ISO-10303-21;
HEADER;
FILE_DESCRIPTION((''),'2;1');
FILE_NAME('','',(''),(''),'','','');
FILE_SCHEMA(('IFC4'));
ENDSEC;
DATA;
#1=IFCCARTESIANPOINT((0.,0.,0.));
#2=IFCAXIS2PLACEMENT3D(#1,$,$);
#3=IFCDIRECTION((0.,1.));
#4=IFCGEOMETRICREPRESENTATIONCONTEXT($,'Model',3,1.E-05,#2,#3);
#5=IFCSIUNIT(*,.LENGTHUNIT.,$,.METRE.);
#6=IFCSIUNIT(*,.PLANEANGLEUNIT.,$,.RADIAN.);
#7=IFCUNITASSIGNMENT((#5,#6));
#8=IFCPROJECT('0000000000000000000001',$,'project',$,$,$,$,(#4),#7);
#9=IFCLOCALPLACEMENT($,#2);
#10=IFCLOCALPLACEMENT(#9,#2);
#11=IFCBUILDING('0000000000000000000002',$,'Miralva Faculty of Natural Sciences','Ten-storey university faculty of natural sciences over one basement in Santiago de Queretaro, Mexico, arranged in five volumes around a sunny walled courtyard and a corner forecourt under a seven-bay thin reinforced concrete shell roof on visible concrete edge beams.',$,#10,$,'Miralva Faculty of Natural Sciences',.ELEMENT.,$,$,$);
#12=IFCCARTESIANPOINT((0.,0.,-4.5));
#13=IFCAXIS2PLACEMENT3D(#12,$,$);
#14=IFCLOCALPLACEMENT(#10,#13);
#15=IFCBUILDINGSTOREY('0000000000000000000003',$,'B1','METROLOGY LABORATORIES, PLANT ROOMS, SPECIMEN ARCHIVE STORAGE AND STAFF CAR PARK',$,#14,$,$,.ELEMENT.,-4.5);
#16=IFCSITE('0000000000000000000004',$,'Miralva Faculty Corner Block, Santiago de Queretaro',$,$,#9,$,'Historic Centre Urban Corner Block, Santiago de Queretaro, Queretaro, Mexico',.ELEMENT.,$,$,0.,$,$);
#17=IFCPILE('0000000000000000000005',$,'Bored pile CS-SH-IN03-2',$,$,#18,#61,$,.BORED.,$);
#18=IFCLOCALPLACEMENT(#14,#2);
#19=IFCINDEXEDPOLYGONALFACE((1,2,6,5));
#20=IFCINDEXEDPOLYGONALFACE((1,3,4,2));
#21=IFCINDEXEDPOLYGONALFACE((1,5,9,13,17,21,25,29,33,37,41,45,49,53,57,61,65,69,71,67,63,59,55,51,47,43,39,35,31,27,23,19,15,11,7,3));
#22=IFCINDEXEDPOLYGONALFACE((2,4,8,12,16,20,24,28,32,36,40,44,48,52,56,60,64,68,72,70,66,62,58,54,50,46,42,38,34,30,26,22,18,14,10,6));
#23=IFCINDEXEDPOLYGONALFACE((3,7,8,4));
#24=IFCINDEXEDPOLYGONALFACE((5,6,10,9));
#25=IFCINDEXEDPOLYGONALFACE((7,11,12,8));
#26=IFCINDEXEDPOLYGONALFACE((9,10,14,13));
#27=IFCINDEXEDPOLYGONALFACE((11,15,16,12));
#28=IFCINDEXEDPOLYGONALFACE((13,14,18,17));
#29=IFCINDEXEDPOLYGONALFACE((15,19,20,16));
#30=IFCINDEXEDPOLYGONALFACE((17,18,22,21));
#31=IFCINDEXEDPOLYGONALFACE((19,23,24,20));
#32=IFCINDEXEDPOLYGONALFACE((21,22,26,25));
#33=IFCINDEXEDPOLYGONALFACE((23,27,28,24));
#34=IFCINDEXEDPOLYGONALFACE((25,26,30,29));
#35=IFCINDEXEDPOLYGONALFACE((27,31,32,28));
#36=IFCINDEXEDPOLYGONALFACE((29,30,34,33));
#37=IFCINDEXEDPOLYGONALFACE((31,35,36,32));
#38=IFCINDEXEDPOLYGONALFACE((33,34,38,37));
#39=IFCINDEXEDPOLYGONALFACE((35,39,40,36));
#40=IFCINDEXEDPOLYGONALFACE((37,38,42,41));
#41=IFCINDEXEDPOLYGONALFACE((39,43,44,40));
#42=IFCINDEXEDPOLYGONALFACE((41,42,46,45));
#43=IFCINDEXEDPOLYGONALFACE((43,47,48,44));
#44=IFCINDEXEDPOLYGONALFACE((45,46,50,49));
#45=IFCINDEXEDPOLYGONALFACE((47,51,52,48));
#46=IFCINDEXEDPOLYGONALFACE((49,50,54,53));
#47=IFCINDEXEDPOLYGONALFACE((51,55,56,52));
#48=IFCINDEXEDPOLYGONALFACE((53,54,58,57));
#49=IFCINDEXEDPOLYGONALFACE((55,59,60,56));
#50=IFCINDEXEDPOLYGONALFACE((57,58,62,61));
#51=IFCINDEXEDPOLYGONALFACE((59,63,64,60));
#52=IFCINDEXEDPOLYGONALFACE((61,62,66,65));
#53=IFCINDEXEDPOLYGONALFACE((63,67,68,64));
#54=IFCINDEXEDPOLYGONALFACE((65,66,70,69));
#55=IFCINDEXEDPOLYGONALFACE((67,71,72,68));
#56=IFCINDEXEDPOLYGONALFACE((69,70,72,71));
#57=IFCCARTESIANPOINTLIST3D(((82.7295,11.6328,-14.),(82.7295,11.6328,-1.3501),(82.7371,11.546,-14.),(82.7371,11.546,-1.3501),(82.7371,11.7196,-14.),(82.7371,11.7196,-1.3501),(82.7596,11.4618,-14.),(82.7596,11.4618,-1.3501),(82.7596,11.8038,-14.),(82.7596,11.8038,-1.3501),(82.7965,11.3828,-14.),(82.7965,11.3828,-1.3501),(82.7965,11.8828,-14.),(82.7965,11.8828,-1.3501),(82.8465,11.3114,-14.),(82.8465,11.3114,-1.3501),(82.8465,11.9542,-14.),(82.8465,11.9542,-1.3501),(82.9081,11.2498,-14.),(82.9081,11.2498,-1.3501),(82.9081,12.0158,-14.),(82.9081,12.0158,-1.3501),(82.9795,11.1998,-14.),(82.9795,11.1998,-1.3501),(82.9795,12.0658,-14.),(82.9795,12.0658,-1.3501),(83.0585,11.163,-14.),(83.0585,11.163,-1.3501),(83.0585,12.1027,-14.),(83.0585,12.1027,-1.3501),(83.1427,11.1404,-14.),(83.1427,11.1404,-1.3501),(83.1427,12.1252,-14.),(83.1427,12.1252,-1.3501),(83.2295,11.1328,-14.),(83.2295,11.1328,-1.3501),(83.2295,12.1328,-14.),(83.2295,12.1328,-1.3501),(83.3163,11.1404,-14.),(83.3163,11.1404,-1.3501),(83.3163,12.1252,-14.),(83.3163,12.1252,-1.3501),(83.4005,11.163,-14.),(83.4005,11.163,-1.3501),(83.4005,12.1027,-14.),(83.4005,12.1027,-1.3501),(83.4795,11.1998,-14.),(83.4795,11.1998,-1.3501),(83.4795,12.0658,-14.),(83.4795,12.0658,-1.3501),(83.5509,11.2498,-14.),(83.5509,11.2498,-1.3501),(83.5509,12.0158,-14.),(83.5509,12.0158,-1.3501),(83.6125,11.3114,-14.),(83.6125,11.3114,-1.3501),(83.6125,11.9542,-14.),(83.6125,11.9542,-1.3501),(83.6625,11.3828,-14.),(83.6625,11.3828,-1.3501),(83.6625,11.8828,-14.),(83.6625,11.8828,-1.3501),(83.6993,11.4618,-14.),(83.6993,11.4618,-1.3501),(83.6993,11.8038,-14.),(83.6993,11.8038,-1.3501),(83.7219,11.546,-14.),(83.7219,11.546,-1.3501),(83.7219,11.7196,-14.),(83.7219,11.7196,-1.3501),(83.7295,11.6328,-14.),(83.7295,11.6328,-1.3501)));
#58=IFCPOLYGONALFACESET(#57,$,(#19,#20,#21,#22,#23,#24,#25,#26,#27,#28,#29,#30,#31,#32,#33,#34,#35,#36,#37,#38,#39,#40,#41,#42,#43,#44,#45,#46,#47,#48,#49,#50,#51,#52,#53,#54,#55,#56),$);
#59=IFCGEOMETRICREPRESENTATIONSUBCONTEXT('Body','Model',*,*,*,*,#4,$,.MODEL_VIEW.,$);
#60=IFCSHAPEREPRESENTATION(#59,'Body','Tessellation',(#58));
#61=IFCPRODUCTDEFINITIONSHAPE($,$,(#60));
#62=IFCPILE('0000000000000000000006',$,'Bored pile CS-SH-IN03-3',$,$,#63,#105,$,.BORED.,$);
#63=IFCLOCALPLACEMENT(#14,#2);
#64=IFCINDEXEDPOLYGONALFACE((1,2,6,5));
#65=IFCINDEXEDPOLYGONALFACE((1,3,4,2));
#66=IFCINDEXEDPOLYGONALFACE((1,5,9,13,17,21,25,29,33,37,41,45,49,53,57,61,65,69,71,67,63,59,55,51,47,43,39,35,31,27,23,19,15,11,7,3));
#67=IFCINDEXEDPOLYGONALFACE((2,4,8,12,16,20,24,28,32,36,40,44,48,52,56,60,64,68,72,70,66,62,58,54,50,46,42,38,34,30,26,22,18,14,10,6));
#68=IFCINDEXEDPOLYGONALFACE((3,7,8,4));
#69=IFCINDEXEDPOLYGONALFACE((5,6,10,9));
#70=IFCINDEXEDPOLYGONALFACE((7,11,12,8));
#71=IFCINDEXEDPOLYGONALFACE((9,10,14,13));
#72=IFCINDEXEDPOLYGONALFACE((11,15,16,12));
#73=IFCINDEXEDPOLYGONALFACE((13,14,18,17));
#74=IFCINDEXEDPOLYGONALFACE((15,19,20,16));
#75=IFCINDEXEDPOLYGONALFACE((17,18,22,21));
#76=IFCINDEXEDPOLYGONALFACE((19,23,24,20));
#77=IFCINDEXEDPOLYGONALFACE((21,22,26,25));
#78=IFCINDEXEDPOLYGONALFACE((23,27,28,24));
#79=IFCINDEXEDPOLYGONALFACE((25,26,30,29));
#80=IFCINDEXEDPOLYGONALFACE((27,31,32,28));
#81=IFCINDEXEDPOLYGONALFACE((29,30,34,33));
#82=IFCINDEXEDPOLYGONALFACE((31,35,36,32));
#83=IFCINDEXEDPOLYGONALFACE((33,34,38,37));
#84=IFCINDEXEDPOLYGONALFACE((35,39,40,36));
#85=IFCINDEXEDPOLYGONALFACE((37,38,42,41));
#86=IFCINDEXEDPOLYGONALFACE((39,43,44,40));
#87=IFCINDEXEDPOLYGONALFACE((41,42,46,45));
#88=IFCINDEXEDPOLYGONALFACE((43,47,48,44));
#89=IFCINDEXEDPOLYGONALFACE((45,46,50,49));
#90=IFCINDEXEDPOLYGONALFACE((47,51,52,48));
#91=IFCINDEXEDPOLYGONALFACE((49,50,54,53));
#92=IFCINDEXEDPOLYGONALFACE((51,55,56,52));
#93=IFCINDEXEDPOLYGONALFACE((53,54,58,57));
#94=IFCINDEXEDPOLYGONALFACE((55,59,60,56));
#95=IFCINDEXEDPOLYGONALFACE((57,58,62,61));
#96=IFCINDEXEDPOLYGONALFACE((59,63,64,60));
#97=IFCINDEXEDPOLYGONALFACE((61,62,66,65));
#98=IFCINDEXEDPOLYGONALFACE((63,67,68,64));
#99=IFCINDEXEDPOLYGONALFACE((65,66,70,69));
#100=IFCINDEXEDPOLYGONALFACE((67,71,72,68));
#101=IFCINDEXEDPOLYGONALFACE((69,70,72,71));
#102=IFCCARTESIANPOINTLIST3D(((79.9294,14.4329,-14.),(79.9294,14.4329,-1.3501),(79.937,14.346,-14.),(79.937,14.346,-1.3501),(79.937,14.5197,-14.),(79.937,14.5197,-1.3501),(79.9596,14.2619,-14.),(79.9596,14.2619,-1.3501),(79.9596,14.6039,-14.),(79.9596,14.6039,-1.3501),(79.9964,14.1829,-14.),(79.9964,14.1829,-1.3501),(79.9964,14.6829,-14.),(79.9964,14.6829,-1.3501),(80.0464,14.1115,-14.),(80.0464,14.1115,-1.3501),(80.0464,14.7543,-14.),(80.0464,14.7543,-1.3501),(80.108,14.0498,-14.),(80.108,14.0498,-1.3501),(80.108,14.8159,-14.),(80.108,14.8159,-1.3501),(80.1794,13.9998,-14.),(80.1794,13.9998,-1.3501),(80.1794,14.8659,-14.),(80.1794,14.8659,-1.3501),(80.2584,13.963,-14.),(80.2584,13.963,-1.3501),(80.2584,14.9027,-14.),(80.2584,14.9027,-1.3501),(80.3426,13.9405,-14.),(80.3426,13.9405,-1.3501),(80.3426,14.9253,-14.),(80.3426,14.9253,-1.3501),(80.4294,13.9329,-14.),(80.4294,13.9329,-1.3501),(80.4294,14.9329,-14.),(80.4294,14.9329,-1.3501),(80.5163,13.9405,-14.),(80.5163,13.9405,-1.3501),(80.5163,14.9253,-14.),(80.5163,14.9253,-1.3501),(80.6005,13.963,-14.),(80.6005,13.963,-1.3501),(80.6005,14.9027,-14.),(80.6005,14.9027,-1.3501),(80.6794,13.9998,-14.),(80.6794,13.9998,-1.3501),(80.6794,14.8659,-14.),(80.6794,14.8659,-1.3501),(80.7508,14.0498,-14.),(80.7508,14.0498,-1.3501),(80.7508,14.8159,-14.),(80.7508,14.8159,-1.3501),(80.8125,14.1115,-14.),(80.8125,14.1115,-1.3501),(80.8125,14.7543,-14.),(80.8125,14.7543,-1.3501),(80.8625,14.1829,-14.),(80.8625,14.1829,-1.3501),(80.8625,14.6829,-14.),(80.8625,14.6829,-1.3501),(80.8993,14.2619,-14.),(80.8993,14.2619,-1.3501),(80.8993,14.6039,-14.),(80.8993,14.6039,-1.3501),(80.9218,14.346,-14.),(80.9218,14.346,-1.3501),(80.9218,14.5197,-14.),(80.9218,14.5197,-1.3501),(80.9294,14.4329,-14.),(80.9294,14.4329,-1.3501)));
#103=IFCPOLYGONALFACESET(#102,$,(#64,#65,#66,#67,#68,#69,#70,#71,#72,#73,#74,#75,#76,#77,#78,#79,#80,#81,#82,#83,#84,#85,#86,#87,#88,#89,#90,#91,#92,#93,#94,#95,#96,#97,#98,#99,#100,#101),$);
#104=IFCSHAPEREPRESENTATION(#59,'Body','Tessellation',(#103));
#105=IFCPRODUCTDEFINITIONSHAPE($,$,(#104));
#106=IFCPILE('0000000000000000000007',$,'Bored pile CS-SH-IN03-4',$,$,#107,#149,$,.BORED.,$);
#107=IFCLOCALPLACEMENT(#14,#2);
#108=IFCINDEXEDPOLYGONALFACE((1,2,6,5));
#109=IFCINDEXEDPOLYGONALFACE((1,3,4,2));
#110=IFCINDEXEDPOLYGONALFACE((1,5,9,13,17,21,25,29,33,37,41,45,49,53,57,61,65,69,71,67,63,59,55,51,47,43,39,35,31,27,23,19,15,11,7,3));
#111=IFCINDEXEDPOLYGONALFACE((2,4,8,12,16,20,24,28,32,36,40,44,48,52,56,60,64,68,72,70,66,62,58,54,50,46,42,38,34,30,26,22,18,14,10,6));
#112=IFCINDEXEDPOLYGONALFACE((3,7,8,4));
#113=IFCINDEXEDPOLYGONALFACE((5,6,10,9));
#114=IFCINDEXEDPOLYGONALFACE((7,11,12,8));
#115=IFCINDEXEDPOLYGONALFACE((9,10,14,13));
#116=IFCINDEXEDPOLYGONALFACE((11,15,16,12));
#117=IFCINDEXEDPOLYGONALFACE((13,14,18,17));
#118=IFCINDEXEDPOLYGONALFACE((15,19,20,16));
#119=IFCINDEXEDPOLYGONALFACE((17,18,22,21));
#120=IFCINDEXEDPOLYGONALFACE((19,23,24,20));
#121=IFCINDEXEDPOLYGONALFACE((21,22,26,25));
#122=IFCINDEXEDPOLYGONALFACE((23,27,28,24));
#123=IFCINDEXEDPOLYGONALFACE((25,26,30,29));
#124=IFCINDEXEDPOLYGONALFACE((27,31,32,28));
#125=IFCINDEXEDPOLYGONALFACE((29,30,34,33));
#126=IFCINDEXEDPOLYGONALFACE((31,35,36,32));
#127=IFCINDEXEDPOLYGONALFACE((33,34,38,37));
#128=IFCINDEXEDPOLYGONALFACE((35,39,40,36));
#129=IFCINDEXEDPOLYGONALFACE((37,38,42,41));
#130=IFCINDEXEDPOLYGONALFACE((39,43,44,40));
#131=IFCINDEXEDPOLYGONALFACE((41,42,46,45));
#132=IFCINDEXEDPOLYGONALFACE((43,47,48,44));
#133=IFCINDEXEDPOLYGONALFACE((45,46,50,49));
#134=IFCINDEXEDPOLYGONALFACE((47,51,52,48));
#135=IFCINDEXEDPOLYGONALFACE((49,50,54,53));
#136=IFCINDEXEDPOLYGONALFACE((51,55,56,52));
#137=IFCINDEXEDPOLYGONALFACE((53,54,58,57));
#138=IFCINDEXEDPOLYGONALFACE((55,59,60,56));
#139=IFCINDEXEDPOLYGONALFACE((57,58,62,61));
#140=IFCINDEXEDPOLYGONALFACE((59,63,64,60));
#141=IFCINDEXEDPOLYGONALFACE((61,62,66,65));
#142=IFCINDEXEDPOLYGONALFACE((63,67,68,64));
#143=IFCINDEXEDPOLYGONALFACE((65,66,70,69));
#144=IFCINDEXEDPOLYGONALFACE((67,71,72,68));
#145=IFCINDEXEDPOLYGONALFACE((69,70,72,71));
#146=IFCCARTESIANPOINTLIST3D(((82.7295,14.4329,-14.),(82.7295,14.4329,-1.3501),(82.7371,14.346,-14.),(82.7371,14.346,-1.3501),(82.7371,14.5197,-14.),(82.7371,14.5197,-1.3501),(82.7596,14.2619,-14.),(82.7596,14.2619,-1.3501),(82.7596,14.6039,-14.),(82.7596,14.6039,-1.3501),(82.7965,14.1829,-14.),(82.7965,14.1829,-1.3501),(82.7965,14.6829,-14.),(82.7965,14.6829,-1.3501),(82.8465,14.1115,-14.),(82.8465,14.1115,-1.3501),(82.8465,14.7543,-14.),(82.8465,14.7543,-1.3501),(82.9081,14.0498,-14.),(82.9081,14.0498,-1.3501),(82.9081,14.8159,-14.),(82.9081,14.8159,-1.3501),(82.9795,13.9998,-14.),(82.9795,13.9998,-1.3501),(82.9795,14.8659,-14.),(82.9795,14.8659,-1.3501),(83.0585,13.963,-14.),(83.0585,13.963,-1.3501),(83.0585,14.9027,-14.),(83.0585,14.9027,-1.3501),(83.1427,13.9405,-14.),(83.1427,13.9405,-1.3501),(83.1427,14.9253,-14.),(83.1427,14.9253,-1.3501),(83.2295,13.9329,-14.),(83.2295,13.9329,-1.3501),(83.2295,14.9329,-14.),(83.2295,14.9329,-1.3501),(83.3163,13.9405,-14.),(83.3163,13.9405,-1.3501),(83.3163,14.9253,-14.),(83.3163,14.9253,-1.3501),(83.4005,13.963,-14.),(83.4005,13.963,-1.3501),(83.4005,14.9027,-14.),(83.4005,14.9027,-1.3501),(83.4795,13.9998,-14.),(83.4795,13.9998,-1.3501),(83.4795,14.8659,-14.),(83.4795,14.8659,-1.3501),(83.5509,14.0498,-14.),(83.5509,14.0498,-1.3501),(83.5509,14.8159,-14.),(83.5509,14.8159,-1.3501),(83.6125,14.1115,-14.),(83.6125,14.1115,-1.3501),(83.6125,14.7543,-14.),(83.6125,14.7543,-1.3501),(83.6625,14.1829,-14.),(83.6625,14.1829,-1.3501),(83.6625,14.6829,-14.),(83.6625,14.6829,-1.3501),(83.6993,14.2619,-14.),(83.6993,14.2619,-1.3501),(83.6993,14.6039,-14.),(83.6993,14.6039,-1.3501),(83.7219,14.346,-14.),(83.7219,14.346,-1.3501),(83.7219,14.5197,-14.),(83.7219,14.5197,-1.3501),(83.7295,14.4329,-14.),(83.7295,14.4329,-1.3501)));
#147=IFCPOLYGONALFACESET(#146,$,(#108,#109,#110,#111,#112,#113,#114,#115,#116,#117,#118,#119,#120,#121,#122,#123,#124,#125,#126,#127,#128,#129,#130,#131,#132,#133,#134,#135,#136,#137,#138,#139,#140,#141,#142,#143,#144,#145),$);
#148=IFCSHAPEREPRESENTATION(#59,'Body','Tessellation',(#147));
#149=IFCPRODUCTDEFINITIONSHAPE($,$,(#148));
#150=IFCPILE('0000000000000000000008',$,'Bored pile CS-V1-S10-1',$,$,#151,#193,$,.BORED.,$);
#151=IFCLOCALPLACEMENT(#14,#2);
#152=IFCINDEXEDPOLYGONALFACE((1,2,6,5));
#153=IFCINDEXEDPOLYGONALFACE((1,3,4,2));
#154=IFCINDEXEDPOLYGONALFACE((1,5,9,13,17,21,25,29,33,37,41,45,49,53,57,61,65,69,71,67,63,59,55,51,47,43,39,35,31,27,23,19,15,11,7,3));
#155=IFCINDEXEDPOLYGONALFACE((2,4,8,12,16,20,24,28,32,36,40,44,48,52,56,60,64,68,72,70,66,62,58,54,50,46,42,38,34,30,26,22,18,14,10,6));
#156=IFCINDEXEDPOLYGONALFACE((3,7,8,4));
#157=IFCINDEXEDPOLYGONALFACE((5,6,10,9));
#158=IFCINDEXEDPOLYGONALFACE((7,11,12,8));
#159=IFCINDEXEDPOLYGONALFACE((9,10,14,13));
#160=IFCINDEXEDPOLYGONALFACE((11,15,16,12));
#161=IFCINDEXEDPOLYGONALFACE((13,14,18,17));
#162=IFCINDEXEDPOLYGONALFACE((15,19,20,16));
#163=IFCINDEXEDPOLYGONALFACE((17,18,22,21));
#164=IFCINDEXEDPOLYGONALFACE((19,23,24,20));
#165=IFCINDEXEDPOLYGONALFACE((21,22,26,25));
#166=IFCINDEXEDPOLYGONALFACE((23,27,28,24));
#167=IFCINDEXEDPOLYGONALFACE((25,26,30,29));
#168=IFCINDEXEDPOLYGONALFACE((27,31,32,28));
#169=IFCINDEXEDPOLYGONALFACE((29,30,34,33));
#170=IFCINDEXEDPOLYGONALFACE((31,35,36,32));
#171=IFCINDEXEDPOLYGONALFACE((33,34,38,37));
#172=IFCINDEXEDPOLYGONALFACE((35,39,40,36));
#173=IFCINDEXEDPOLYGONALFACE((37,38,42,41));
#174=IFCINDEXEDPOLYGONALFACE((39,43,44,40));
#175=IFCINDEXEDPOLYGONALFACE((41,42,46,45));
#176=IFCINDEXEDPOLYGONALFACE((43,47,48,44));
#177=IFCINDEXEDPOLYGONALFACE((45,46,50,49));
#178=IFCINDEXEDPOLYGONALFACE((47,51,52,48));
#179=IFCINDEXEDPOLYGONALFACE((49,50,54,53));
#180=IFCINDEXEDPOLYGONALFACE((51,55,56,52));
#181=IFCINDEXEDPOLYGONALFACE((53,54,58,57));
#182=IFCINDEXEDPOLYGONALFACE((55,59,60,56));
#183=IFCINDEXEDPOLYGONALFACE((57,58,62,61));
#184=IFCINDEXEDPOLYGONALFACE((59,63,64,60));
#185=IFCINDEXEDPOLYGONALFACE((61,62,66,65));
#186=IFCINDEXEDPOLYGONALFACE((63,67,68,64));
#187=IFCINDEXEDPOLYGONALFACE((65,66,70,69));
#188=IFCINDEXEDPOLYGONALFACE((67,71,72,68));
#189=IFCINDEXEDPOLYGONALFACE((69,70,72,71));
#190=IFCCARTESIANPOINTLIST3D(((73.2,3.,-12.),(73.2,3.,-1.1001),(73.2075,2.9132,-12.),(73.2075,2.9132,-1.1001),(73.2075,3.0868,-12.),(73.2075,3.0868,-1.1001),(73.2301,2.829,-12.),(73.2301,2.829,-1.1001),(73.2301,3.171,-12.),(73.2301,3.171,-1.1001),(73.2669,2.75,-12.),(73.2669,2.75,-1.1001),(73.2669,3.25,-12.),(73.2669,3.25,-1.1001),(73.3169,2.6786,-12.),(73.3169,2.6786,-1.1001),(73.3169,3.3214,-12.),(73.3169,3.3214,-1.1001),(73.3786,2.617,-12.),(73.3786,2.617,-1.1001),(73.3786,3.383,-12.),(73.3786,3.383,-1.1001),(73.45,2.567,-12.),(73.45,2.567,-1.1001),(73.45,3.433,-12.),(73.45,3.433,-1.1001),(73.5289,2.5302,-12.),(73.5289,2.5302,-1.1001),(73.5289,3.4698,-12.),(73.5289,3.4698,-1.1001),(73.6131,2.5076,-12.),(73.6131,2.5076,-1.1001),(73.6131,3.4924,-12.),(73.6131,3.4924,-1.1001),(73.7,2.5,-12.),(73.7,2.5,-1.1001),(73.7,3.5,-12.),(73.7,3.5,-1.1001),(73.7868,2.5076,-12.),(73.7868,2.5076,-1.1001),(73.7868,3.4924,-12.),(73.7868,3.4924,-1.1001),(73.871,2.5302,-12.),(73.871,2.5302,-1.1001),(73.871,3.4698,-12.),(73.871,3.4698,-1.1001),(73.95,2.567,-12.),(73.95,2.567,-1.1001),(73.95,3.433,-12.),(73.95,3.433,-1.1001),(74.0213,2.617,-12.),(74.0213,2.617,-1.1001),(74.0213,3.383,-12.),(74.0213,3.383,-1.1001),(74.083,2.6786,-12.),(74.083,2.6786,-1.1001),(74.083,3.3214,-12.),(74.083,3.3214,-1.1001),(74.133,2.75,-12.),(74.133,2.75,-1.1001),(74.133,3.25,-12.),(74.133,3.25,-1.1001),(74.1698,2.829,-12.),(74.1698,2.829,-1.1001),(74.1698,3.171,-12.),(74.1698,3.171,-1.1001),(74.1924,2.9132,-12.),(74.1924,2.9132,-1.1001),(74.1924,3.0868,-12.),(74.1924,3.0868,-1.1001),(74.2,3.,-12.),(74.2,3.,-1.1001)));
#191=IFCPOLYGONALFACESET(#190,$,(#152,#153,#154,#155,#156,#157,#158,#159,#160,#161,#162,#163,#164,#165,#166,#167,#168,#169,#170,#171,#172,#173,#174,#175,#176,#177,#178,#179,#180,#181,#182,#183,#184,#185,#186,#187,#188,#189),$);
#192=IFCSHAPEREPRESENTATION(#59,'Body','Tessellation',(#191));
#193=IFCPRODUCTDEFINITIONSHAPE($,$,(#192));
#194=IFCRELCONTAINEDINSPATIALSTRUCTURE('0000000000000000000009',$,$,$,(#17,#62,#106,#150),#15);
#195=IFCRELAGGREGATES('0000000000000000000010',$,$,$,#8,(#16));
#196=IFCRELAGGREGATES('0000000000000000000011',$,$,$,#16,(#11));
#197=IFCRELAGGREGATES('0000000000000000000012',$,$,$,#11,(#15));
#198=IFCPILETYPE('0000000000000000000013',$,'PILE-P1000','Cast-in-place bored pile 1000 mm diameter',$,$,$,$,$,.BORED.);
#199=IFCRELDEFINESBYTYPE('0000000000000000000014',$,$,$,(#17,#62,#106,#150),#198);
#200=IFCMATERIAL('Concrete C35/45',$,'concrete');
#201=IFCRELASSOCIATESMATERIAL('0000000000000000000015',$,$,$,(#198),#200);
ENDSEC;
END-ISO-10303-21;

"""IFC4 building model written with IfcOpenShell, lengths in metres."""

from ifc_helpers import new_model, si_unit, direction, frame, origin, origin_2d, place, context, subcontext, project, spatial, circle, extrude, material, material_profile, profile_set, type_object, element, save


model = new_model("IFC4")

# Units and contexts
model_context = context("Model", 3, precision=1e-05, world=origin(), true_north=direction((0.0, 1.0)))
body_context = subcontext(model_context, "Body", "Model", "MODEL_VIEW")
ifc_project = project(units=[si_unit("LENGTHUNIT", "METRE"), si_unit("PLANEANGLEUNIT", "RADIAN")], contexts=[model_context])

# Site, building, storey
site_placement = place(None, origin())
site = spatial("IfcSite", under=ifc_project, at=site_placement, Name="Miralva Faculty Corner Block, Santiago de Queretaro", LongName="Historic Centre Urban Corner Block, Santiago de Queretaro, Queretaro, Mexico", CompositionType="ELEMENT", RefElevation=0.0)
building_placement = place(site_placement, origin())
building = spatial("IfcBuilding", under=site, at=building_placement, Name="Miralva Faculty of Natural Sciences", Description="Ten-storey university faculty of natural sciences over one basement in Santiago de Queretaro, Mexico, arranged in five volumes around a sunny walled courtyard and a corner forecourt under a seven-bay thin reinforced concrete shell roof on visible concrete edge beams.", LongName="Miralva Faculty of Natural Sciences", CompositionType="ELEMENT")
storey_placement = place(building_placement, frame((0.0, 0.0, -4.5)))
storey = spatial("IfcBuildingStorey", under=building, at=storey_placement, Name="B1", Description="METROLOGY LABORATORIES, PLANT ROOMS, SPECIMEN ARCHIVE STORAGE AND STAFF CAR PARK", CompositionType="ELEMENT", Elevation=-4.5)

# Shared definitions
ifc_material_1 = material(Name="Concrete C35/45", Category="concrete")

# Piles
ifc_material_profile_1 = material_profile(ifc_material_1, circle(Radius=0.5, at=origin_2d()), Name="BORED PILE 1000")
ifc_profile_set_1 = profile_set([ifc_material_profile_1], Name="Concrete C35/45")
pile_type = type_object("IfcPileType", Name="PILE-P1000", Description="Cast-in-place bored pile 1000 mm diameter", PredefinedType="BORED", material=ifc_profile_set_1)
for number, where, z_axis, x_axis, name in (
    (1, (83.2295, 11.6328, -1.3501), (0.0, 0.0, -1.0), (1.0, 0.0, 0.0), "Bored pile CS-SH-IN03-2"),
    (2, (80.4294, 14.4329, -1.3501), (0.0, 0.0, -1.0), (1.0, 0.0, 0.0), "Bored pile CS-SH-IN03-3"),
    (3, (83.2295, 14.4329, -1.3501), (0.0, 0.0, -1.0), (1.0, 0.0, 0.0), "Bored pile CS-SH-IN03-4"),
):
    element("IfcPile", number, at=place(storey_placement, frame(where, z_axis=z_axis, x_axis=x_axis)), inside=storey, type_object=pile_type, Name=name, PredefinedType="BORED", context=body_context, shape_type="SweptSolid", body=[
        extrude(circle(Radius=0.5, at=origin_2d()), origin(), (0.0, 0.0, 1.0), 12.6499),
    ])
for number, where, z_axis, x_axis, name in (
    (4, (73.7, 3.0, -1.1001), (0.0, 0.0, -1.0), (1.0, 0.0, 0.0), "Bored pile CS-V1-S10-1"),
):
    element("IfcPile", number, at=place(storey_placement, frame(where, z_axis=z_axis, x_axis=x_axis)), inside=storey, type_object=pile_type, Name=name, PredefinedType="BORED", context=body_context, shape_type="SweptSolid", body=[
        extrude(circle(Radius=0.5, at=origin_2d()), origin(), (0.0, 0.0, 1.0), 10.8999),
    ])

save(model, "model.ifc")
